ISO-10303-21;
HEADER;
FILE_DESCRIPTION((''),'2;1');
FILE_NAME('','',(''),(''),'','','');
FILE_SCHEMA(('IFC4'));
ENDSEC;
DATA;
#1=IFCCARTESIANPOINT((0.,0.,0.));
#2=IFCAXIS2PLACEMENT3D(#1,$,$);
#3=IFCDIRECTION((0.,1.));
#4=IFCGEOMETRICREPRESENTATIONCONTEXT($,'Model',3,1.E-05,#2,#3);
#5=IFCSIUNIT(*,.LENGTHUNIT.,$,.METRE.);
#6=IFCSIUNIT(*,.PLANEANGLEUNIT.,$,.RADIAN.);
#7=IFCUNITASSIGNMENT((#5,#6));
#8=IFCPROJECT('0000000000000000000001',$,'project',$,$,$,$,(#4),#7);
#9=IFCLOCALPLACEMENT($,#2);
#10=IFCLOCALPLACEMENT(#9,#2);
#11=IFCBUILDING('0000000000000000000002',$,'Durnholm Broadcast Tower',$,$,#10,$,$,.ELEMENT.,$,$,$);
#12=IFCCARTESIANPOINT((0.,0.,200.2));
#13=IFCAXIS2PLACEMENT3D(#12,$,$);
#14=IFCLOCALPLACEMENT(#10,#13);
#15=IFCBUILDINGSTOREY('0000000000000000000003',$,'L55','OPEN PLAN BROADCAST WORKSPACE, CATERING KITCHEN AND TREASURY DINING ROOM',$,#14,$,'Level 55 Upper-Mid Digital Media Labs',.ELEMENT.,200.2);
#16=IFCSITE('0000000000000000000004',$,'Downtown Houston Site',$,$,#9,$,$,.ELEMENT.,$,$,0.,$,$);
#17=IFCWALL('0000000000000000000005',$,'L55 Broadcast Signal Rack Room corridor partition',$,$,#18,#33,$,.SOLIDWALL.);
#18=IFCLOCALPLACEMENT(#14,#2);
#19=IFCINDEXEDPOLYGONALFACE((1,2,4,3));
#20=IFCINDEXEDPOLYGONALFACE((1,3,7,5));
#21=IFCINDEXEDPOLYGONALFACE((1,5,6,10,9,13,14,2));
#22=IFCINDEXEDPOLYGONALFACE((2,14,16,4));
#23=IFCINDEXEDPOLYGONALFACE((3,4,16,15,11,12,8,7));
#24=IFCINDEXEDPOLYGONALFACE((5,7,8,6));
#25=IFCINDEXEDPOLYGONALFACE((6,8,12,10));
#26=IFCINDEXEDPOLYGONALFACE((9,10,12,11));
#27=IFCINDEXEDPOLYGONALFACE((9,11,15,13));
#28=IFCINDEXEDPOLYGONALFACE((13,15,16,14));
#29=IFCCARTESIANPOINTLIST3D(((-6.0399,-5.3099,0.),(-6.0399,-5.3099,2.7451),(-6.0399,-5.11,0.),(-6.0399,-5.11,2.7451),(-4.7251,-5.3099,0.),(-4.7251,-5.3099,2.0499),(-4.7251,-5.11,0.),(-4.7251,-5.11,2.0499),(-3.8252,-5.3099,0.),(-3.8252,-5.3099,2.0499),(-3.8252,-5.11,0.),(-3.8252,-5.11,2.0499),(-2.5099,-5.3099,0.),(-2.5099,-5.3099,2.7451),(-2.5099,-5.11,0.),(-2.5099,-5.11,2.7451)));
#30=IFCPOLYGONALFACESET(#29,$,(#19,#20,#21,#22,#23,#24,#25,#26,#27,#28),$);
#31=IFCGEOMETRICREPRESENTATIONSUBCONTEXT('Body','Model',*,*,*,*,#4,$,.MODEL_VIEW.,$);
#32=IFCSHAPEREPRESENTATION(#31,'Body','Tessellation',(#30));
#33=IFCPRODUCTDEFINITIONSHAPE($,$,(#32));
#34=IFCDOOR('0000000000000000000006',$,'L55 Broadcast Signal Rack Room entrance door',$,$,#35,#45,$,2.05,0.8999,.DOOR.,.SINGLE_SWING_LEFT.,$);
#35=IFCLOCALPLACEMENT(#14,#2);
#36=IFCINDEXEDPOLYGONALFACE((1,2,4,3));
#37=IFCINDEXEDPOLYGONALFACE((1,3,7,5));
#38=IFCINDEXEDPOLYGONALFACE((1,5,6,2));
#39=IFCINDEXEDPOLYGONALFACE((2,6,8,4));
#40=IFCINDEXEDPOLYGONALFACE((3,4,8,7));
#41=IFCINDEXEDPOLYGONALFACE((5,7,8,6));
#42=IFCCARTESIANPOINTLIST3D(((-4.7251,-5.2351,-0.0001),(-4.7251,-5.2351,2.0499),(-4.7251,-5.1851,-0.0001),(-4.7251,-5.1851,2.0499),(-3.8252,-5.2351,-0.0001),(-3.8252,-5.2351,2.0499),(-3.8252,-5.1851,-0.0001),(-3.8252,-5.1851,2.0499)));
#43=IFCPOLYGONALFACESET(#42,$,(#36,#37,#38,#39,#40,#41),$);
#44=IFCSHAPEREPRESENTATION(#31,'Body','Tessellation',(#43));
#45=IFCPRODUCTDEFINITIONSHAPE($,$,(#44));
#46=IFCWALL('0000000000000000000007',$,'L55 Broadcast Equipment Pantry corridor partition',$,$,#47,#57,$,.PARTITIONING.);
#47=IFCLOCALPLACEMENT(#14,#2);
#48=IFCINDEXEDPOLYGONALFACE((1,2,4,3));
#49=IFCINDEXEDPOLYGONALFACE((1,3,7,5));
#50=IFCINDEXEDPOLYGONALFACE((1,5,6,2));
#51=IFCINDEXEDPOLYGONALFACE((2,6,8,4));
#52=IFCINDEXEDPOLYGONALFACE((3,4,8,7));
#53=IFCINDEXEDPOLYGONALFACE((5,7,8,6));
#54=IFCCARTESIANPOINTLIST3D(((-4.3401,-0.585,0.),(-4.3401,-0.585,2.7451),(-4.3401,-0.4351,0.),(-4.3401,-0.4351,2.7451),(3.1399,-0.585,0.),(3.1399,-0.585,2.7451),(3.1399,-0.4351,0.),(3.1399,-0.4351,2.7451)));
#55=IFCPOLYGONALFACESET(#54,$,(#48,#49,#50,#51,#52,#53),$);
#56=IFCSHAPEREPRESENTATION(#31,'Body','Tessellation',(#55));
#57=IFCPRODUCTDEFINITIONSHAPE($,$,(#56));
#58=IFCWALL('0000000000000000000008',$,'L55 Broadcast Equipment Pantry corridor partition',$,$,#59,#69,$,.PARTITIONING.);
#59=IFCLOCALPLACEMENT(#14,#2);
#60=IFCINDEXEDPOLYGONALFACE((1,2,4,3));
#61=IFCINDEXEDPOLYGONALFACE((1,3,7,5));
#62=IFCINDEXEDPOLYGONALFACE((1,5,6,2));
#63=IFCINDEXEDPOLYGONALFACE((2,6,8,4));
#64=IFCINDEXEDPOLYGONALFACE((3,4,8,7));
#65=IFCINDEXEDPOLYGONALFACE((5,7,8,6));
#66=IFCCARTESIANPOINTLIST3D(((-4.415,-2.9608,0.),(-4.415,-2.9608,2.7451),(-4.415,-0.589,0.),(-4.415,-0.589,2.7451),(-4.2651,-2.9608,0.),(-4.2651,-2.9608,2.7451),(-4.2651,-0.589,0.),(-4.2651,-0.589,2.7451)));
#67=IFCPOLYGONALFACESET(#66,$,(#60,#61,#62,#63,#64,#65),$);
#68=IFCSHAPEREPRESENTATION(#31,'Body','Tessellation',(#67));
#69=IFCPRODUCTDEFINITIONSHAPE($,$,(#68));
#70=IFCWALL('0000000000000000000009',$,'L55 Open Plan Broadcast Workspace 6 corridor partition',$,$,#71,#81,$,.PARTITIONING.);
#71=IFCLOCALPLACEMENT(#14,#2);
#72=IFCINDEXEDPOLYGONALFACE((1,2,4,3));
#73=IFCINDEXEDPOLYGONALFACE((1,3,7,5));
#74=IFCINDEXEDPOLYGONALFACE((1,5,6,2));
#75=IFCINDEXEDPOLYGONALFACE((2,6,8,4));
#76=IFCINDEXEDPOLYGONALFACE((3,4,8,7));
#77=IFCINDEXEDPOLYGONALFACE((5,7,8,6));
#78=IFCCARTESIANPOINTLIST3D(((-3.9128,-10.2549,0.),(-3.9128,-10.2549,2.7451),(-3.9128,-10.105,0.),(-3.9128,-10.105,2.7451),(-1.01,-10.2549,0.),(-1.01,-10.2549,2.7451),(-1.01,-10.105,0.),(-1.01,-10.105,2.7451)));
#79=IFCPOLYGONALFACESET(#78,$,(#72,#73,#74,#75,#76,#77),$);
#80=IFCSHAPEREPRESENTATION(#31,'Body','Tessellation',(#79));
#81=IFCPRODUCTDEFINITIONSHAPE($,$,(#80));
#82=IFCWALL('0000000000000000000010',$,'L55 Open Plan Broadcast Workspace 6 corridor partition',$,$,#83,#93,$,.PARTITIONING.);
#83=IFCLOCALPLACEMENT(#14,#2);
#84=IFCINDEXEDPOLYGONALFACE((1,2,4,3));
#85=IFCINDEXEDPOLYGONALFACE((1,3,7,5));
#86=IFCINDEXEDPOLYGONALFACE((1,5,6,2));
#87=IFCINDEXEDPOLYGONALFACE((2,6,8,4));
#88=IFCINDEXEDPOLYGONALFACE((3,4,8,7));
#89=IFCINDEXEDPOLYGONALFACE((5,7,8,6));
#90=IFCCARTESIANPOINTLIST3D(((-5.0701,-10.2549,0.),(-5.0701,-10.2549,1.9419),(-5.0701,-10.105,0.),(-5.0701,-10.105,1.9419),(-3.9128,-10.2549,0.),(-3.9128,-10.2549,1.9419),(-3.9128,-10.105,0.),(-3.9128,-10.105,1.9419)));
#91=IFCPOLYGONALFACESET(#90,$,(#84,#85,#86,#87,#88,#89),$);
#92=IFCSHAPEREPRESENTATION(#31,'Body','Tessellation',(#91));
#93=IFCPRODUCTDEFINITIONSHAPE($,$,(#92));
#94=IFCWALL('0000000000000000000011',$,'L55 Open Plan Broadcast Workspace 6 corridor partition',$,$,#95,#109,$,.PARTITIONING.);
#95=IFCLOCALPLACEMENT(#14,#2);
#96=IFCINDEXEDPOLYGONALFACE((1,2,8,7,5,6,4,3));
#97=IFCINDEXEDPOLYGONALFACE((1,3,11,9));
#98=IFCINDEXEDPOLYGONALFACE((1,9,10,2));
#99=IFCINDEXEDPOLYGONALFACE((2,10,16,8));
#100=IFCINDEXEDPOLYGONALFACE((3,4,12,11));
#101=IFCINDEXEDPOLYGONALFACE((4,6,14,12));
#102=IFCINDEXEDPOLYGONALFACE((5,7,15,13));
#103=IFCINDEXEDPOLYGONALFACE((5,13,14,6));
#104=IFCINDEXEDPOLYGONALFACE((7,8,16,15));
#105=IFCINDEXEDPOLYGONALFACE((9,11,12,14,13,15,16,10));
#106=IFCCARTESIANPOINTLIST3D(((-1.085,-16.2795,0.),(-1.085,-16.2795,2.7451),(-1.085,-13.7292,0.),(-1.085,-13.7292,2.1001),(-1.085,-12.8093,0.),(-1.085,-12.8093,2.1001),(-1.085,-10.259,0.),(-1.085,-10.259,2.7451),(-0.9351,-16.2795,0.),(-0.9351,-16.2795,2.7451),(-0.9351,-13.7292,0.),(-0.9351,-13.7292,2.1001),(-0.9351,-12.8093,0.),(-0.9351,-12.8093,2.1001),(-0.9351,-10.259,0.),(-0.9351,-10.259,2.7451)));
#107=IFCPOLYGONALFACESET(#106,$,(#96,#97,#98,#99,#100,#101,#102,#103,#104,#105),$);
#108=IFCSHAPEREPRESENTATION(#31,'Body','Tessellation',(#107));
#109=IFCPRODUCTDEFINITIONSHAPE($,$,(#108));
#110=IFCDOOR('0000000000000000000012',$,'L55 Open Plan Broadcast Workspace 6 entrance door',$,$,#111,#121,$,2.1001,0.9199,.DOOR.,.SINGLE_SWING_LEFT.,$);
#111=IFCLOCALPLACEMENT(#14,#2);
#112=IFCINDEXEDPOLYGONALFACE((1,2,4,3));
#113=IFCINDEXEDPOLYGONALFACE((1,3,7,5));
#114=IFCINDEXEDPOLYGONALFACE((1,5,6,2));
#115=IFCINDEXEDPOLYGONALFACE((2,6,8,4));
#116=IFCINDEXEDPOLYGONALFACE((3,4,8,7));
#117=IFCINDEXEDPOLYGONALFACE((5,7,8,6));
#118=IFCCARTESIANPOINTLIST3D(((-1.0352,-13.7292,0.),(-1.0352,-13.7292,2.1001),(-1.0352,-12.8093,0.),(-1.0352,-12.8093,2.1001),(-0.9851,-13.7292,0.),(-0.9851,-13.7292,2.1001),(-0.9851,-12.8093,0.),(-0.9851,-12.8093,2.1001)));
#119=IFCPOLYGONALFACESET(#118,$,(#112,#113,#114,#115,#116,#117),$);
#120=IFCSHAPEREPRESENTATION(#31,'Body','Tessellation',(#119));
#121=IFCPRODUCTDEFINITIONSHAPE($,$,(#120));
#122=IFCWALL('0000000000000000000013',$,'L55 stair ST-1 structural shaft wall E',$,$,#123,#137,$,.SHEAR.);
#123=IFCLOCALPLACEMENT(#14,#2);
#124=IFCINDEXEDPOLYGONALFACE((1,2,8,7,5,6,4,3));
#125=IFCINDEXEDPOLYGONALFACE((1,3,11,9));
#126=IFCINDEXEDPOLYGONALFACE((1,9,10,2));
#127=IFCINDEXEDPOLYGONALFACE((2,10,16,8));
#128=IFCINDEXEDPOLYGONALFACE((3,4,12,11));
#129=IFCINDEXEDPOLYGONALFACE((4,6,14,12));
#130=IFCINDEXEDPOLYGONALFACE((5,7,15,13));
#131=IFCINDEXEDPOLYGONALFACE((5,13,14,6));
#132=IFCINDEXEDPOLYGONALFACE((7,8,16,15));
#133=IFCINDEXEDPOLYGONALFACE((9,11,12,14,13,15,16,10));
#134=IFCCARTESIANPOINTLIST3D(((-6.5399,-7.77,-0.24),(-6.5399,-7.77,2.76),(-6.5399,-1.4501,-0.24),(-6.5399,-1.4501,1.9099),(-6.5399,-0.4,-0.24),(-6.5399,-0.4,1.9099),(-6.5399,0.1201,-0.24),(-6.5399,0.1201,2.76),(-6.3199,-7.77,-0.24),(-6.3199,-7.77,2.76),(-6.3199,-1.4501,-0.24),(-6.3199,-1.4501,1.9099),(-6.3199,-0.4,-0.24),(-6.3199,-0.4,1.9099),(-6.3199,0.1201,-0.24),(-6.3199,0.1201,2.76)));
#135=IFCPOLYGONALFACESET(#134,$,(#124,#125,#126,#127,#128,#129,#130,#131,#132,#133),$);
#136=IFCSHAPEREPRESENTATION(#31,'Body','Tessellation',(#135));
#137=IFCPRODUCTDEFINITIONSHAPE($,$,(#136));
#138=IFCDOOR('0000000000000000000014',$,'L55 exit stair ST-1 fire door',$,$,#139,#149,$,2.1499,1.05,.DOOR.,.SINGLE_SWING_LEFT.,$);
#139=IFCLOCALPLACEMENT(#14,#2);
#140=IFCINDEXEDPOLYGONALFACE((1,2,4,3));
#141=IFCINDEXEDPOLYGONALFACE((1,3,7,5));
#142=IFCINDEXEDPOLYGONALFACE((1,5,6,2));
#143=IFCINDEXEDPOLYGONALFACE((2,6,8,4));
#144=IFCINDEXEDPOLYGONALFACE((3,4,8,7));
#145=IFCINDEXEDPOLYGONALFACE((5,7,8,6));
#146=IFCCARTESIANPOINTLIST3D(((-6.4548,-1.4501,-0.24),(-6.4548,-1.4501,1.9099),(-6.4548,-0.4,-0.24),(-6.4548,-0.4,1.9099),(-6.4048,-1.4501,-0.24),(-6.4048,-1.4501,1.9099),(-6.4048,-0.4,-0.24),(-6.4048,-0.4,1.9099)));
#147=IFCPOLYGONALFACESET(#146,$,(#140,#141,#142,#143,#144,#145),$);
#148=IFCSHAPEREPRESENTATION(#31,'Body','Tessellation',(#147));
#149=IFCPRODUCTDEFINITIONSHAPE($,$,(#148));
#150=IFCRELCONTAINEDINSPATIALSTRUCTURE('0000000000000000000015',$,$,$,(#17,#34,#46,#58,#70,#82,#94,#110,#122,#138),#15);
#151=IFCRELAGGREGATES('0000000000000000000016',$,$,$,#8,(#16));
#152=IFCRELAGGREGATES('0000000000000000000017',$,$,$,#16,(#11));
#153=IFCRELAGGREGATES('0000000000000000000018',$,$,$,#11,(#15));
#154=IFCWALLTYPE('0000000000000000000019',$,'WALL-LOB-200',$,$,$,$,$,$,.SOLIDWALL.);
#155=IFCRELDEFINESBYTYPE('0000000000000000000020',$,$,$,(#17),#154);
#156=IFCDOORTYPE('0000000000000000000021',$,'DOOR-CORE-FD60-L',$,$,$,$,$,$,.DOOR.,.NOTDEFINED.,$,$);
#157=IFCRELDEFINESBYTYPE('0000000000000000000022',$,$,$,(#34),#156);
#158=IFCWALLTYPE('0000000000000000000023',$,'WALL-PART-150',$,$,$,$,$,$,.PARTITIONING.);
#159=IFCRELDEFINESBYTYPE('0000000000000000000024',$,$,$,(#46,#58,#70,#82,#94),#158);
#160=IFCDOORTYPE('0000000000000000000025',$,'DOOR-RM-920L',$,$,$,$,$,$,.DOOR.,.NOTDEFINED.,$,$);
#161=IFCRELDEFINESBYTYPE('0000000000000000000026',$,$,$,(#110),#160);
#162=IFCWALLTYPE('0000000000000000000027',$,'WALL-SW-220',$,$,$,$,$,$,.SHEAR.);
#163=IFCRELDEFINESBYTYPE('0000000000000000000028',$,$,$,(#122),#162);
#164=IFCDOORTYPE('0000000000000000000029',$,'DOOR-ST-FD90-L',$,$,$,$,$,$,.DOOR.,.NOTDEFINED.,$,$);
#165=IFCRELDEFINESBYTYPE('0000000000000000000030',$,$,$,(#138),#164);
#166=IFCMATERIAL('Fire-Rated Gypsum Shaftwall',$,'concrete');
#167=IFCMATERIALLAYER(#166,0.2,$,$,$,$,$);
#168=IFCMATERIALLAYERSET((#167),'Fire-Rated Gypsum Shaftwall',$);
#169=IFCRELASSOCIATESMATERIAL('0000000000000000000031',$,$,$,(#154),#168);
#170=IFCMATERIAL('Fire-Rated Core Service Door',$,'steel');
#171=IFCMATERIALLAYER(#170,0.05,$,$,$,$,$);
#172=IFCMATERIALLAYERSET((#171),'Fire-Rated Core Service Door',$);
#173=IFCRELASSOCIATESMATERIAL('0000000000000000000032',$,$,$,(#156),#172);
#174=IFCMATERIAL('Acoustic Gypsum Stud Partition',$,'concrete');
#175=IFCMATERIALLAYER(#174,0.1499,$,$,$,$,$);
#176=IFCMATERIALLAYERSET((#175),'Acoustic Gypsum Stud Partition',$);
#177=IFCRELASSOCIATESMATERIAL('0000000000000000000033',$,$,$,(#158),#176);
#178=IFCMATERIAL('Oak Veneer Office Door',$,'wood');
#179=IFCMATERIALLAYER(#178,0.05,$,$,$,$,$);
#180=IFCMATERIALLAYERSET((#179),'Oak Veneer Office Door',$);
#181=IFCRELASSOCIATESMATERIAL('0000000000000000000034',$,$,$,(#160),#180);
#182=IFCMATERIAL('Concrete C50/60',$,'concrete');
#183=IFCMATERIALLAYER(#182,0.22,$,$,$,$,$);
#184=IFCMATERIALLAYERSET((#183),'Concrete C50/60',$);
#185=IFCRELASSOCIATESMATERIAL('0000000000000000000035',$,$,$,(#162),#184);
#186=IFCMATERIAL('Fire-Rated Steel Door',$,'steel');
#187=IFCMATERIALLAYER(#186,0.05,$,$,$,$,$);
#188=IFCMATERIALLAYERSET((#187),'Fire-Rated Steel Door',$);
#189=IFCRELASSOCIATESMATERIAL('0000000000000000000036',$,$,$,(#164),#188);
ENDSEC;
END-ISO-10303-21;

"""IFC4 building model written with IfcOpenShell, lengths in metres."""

from ifc_helpers import new_model, si_unit, direction, frame, frame_2d, origin, place, context, subcontext, project, spatial, rectangle, extrude, source, transform, mapped, material, layer, layer_set, type_object, type_shapes, element, fill, save


model = new_model("IFC4")

# Units and contexts
model_context = context("Model", 3, precision=1e-05, world=origin(), true_north=direction((0.0, 1.0)))
body_context = subcontext(model_context, "Body", "Model", "MODEL_VIEW")
ifc_project = project(units=[si_unit("LENGTHUNIT", "METRE"), si_unit("PLANEANGLEUNIT", "RADIAN")], contexts=[model_context])

# Site, building, storey
site_placement = place(None, origin())
site = spatial("IfcSite", under=ifc_project, at=site_placement, Name="Downtown Houston Site", CompositionType="ELEMENT", RefElevation=0.0)
building_placement = place(site_placement, origin())
building = spatial("IfcBuilding", under=site, at=building_placement, Name="Durnholm Broadcast Tower", CompositionType="ELEMENT")
storey_placement = place(building_placement, frame((0.0, 0.0, 200.2)))
storey = spatial("IfcBuildingStorey", under=building, at=storey_placement, Name="L55", Description="OPEN PLAN BROADCAST WORKSPACE, CATERING KITCHEN AND TREASURY DINING ROOM", LongName="Level 55 Upper-Mid Digital Media Labs", CompositionType="ELEMENT", Elevation=200.2)

# Shared definitions
ifc_material_1 = material(Name="Concrete C50/60", Category="concrete")

# Wall, opening, door
ifc_material_2 = material(Name="Fire-Rated Gypsum Shaftwall", Category="concrete")
ifc_layer_1 = layer(ifc_material_2, 0.2)
ifc_layer_set_1 = layer_set([ifc_layer_1], Name="Fire-Rated Gypsum Shaftwall")
wall_type_1 = type_object("IfcWallType", Name="WALL-LOB-200", PredefinedType="SOLIDWALL", material=ifc_layer_set_1)
wall_1_placement = place(storey_placement, frame((-6.04, -5.21, 0.0), z_axis=(0.0, 0.0, 1.0), x_axis=(1.0, 0.0, 0.0)))
wall_1 = element("IfcWall", 1, at=wall_1_placement, inside=storey, type_object=wall_type_1, Name="L55 Broadcast Signal Rack Room corridor partition", PredefinedType="SOLIDWALL", context=body_context, shape_type="SweptSolid", body=[
    extrude(rectangle(XDim=3.53, YDim=0.2, at=frame_2d((1.7651, 0.0))), origin(), (0.0, 0.0, 1.0), 2.7451),
])
opening_1_placement = place(wall_1_placement, frame((1.3149, 0.0, 0.0)))
opening_1 = element("IfcOpeningElement", 2, at=opening_1_placement, cuts=wall_1, PredefinedType="OPENING", context=body_context, shape_type="SweptSolid", body=[
    extrude(rectangle(XDim=0.8999, YDim=2.05, at=frame_2d((0.45, 1.0249))), frame((0.0, 0.1099, 0.0), z_axis=(0.0, -1.0, 0.0), x_axis=(1.0, 0.0, 0.0)), (0.0, 0.0, 1.0), 0.22),
])
ifc_material_3 = material(Name="Fire-Rated Core Service Door", Category="steel")
ifc_layer_2 = layer(ifc_material_3, 0.05)
ifc_layer_set_2 = layer_set([ifc_layer_2], Name="Fire-Rated Core Service Door")
door_type_1 = type_object("IfcDoorType", Name="DOOR-CORE-FD60-L", OperationType="NOTDEFINED", PredefinedType="DOOR", material=ifc_layer_set_2)
shared_shape_1 = source(origin(), body_context, "Body", "SweptSolid", [
    extrude(rectangle(XDim=0.8999, YDim=2.05, at=frame_2d((0.45, 1.0249))), frame((0.0, 0.0249, 0.0), z_axis=(0.0, -1.0, 0.0), x_axis=(1.0, 0.0, 0.0)), (0.0, 0.0, 1.0), 0.05),
])
type_shapes(door_type_1, [shared_shape_1])
door_1_placement = place(opening_1_placement, origin())
door_1 = element("IfcDoor", 3, at=door_1_placement, inside=storey, type_object=door_type_1, Name="L55 Broadcast Signal Rack Room entrance door", OperationType="SINGLE_SWING_LEFT", OverallHeight=2.05, OverallWidth=0.8999, PredefinedType="DOOR", context=body_context, shape_type="MappedRepresentation", body=[
    mapped(shared_shape_1, transform((0.0, 0.0, 0.0), x_axis=(1.0, 0.0, 0.0), y_axis=(0.0, 1.0, 0.0), z_axis=(0.0, 0.0, 1.0), scale=1.0)),
])
fill(opening_1, door_1)

# Walls
ifc_material_4 = material(Name="Acoustic Gypsum Stud Partition", Category="concrete")
ifc_layer_3 = layer(ifc_material_4, 0.1499)
ifc_layer_set_3 = layer_set([ifc_layer_3], Name="Acoustic Gypsum Stud Partition")
wall_type_2 = type_object("IfcWallType", Name="WALL-PART-150", PredefinedType="PARTITIONING", material=ifc_layer_set_3)
wall_2_placement = place(storey_placement, frame((-4.3401, -0.51, 0.0), z_axis=(0.0, 0.0, 1.0), x_axis=(1.0, 0.0, 0.0)))
element("IfcWall", 4, at=wall_2_placement, inside=storey, type_object=wall_type_2, Name="L55 Broadcast Equipment Pantry corridor partition", PredefinedType="PARTITIONING", context=body_context, shape_type="SweptSolid", body=[
    extrude(rectangle(XDim=7.48, YDim=0.1499, at=frame_2d((3.74, 0.0))), origin(), (0.0, 0.0, 1.0), 2.7451),
])
wall_3_placement = place(storey_placement, frame((-4.3401, -2.9609, 0.0), z_axis=(0.0, 0.0, 1.0), x_axis=(0.0, 1.0, 0.0)))
element("IfcWall", 5, at=wall_3_placement, inside=storey, type_object=wall_type_2, Name="L55 Broadcast Equipment Pantry corridor partition", PredefinedType="PARTITIONING", context=body_context, shape_type="SweptSolid", body=[
    extrude(rectangle(XDim=2.3718, YDim=0.1499, at=frame_2d((1.186, 0.0))), origin(), (0.0, 0.0, 1.0), 2.7451),
])
wall_4_placement = place(storey_placement, frame((-3.9128, -10.1799, 0.0), z_axis=(0.0, 0.0, 1.0), x_axis=(1.0, 0.0, 0.0)))
element("IfcWall", 6, at=wall_4_placement, inside=storey, type_object=wall_type_2, Name="L55 Open Plan Broadcast Workspace 6 corridor partition", PredefinedType="PARTITIONING", context=body_context, shape_type="SweptSolid", body=[
    extrude(rectangle(XDim=2.9028, YDim=0.1499, at=frame_2d((1.4514, 0.0))), origin(), (0.0, 0.0, 1.0), 2.7451),
])
wall_5_placement = place(storey_placement, frame((-5.0701, -10.1799, 0.0), z_axis=(0.0, 0.0, 1.0), x_axis=(1.0, 0.0, 0.0)))
element("IfcWall", 7, at=wall_5_placement, inside=storey, type_object=wall_type_2, Name="L55 Open Plan Broadcast Workspace 6 corridor partition", PredefinedType="PARTITIONING", context=body_context, shape_type="SweptSolid", body=[
    extrude(rectangle(XDim=1.1572, YDim=0.1499, at=frame_2d((0.5786, 0.0))), origin(), (0.0, 0.0, 1.0), 1.9419),
])

# Walls, openings, doors
wall_6_placement = place(storey_placement, frame((-1.01, -10.259, 0.0), z_axis=(0.0, 0.0, 1.0), x_axis=(0.0, -1.0, 0.0)))
wall_6 = element("IfcWall", 8, at=wall_6_placement, inside=storey, type_object=wall_type_2, Name="L55 Open Plan Broadcast Workspace 6 corridor partition", PredefinedType="PARTITIONING", context=body_context, shape_type="SweptSolid", body=[
    extrude(rectangle(XDim=6.0205, YDim=0.1499, at=frame_2d((3.0103, 0.0))), origin(), (0.0, 0.0, 1.0), 2.7451),
])
opening_2_placement = place(wall_6_placement, frame((2.5503, 0.0, 0.0)))
opening_2 = element("IfcOpeningElement", 9, at=opening_2_placement, cuts=wall_6, PredefinedType="OPENING", context=body_context, shape_type="SweptSolid", body=[
    extrude(rectangle(XDim=0.9199, YDim=2.1001, at=frame_2d((0.46, 1.05))), frame((0.0, 0.085, 0.0), z_axis=(0.0, -1.0, 0.0), x_axis=(1.0, 0.0, 0.0)), (0.0, 0.0, 1.0), 0.1699),
])
ifc_material_5 = material(Name="Oak Veneer Office Door", Category="wood")
ifc_layer_4 = layer(ifc_material_5, 0.05)
ifc_layer_set_4 = layer_set([ifc_layer_4], Name="Oak Veneer Office Door")
door_type_2 = type_object("IfcDoorType", Name="DOOR-RM-920L", OperationType="NOTDEFINED", PredefinedType="DOOR", material=ifc_layer_set_4)
shared_shape_2 = source(origin(), body_context, "Body", "SweptSolid", [
    extrude(rectangle(XDim=0.9199, YDim=2.1001, at=frame_2d((0.46, 1.05))), frame((0.0, 0.0249, 0.0), z_axis=(0.0, -1.0, 0.0), x_axis=(1.0, 0.0, 0.0)), (0.0, 0.0, 1.0), 0.05),
])
type_shapes(door_type_2, [shared_shape_2])
door_2_placement = place(opening_2_placement, origin())
door_2 = element("IfcDoor", 10, at=door_2_placement, inside=storey, type_object=door_type_2, Name="L55 Open Plan Broadcast Workspace 6 entrance door", OperationType="SINGLE_SWING_LEFT", OverallHeight=2.1001, OverallWidth=0.9199, PredefinedType="DOOR", context=body_context, shape_type="MappedRepresentation", body=[
    mapped(shared_shape_2, transform((0.0, 0.0, 0.0), x_axis=(1.0, 0.0, 0.0), y_axis=(0.0, 1.0, 0.0), z_axis=(0.0, 0.0, 1.0), scale=1.0)),
])
fill(opening_2, door_2)
ifc_layer_5 = layer(ifc_material_1, 0.22)
ifc_layer_set_5 = layer_set([ifc_layer_5], Name="Concrete C50/60")
wall_type_3 = type_object("IfcWallType", Name="WALL-SW-220", PredefinedType="SHEAR", material=ifc_layer_set_5)
wall_7_placement = place(storey_placement, frame((-6.4299, -7.77, -0.24), z_axis=(0.0, 0.0, 1.0), x_axis=(0.0, 1.0, 0.0)))
wall_7 = element("IfcWall", 11, at=wall_7_placement, inside=storey, type_object=wall_type_3, Name="L55 stair ST-1 structural shaft wall E", PredefinedType="SHEAR", context=body_context, shape_type="SweptSolid", body=[
    extrude(rectangle(XDim=7.8901, YDim=0.22, at=frame_2d((3.9451, 0.0))), origin(), (0.0, 0.0, 1.0), 3.0),
])
opening_3_placement = place(wall_7_placement, frame((6.3201, 0.0, 0.0)))
opening_3 = element("IfcOpeningElement", 12, at=opening_3_placement, cuts=wall_7, PredefinedType="OPENING", context=body_context, shape_type="SweptSolid", body=[
    extrude(rectangle(XDim=1.05, YDim=2.1499, at=frame_2d((0.5249, 1.075))), frame((0.0, 0.1201, 0.0), z_axis=(0.0, -1.0, 0.0), x_axis=(1.0, 0.0, 0.0)), (0.0, 0.0, 1.0), 0.24),
])
ifc_material_6 = material(Name="Fire-Rated Steel Door", Category="steel")
ifc_layer_6 = layer(ifc_material_6, 0.05)
ifc_layer_set_6 = layer_set([ifc_layer_6], Name="Fire-Rated Steel Door")
door_type_3 = type_object("IfcDoorType", Name="DOOR-ST-FD90-L", OperationType="NOTDEFINED", PredefinedType="DOOR", material=ifc_layer_set_6)
shared_shape_3 = source(origin(), body_context, "Body", "SweptSolid", [
    extrude(rectangle(XDim=1.05, YDim=2.1499, at=frame_2d((0.5249, 1.075))), frame((0.0, 0.0249, 0.0), z_axis=(0.0, -1.0, 0.0), x_axis=(1.0, 0.0, 0.0)), (0.0, 0.0, 1.0), 0.05),
])
type_shapes(door_type_3, [shared_shape_3])
door_3_placement = place(opening_3_placement, origin())
door_3 = element("IfcDoor", 13, at=door_3_placement, inside=storey, type_object=door_type_3, Name="L55 exit stair ST-1 fire door", OperationType="SINGLE_SWING_LEFT", OverallHeight=2.1499, OverallWidth=1.05, PredefinedType="DOOR", context=body_context, shape_type="MappedRepresentation", body=[
    mapped(shared_shape_3, transform((0.0, 0.0, 0.0), x_axis=(1.0, 0.0, 0.0), y_axis=(0.0, 1.0, 0.0), z_axis=(0.0, 0.0, 1.0), scale=1.0)),
])
fill(opening_3, door_3)

save(model, "model.ifc")
